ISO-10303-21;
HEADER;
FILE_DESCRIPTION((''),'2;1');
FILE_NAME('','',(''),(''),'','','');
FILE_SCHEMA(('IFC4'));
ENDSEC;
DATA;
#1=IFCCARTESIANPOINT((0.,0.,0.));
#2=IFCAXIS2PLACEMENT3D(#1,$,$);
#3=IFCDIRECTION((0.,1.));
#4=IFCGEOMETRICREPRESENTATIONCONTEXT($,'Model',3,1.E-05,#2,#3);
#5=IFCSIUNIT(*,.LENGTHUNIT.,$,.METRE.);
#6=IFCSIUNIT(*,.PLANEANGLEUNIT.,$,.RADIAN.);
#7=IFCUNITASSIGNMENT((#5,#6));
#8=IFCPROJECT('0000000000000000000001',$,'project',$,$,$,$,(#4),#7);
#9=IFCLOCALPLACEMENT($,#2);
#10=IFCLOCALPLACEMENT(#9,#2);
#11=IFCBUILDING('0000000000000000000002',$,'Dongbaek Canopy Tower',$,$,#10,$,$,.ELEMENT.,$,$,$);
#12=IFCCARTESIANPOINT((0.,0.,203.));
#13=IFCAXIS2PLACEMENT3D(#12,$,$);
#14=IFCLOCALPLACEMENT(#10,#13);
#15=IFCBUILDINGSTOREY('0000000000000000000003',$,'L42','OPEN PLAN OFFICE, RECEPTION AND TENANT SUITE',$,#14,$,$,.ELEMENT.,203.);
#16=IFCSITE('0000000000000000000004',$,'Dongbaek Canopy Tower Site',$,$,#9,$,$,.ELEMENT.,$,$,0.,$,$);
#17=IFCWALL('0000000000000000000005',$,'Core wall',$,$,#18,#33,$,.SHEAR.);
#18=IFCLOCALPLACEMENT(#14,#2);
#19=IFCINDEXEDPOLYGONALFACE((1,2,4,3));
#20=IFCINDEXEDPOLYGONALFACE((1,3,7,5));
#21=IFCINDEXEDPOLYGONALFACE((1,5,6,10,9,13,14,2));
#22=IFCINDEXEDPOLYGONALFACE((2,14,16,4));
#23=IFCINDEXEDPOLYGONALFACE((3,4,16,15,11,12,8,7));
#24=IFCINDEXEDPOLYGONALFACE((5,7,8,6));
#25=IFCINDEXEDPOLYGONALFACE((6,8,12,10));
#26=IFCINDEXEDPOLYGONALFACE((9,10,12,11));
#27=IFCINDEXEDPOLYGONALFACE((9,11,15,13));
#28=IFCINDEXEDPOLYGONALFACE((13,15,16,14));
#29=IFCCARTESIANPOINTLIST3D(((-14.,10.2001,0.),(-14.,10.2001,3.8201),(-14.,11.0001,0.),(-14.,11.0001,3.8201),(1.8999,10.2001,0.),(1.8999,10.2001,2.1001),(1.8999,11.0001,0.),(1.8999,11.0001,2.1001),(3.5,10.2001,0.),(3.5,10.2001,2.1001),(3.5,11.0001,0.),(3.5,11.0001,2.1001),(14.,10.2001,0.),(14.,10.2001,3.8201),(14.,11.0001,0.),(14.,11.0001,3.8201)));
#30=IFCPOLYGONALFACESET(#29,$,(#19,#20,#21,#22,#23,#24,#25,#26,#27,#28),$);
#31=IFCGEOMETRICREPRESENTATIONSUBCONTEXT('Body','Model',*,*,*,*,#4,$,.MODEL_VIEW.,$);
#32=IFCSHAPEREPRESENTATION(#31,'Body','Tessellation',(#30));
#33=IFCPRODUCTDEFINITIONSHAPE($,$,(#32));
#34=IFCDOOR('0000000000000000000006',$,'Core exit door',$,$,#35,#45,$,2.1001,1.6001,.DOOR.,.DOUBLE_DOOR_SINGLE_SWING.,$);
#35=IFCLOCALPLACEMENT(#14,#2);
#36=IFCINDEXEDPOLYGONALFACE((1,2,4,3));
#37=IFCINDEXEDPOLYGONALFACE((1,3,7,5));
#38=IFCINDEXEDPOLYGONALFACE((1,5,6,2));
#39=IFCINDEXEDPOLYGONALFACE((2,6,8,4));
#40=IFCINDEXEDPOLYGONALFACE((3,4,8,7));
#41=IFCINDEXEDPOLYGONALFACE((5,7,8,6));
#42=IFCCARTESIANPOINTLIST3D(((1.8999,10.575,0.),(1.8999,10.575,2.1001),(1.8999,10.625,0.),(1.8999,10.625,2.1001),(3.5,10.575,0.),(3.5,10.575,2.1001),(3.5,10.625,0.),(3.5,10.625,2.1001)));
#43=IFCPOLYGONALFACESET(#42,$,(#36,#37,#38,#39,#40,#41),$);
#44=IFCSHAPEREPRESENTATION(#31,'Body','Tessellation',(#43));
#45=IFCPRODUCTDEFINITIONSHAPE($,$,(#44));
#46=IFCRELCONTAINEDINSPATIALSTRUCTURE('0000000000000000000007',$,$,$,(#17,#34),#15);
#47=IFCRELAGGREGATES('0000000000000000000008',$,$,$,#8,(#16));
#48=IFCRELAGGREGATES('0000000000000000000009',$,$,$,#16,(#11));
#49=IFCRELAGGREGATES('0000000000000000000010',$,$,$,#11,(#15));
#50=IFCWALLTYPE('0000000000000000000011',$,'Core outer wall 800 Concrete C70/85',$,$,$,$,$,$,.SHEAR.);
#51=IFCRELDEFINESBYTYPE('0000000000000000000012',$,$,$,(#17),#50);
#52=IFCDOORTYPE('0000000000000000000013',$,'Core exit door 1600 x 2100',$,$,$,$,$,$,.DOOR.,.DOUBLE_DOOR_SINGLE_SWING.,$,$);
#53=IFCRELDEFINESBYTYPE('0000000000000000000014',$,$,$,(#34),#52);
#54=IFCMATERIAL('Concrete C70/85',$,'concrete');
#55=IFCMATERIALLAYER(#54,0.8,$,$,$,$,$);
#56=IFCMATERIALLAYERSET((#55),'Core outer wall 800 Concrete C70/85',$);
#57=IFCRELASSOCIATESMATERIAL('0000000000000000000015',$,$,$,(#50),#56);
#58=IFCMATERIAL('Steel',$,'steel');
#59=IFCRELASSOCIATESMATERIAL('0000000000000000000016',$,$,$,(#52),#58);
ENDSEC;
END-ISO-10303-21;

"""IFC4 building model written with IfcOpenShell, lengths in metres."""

from ifc_helpers import new_model, si_unit, direction, frame, frame_2d, origin, place, context, subcontext, project, spatial, rectangle, extrude, material, layer, layer_set, type_object, element, fill, save


model = new_model("IFC4")

# Units and contexts
model_context = context("Model", 3, precision=1e-05, world=origin(), true_north=direction((0.0, 1.0)))
body_context = subcontext(model_context, "Body", "Model", "MODEL_VIEW")
ifc_project = project(units=[si_unit("LENGTHUNIT", "METRE"), si_unit("PLANEANGLEUNIT", "RADIAN")], contexts=[model_context])

# Site, building, storey
site_placement = place(None, origin())
site = spatial("IfcSite", under=ifc_project, at=site_placement, Name="Dongbaek Canopy Tower Site", CompositionType="ELEMENT", RefElevation=0.0)
building_placement = place(site_placement, origin())
building = spatial("IfcBuilding", under=site, at=building_placement, Name="Dongbaek Canopy Tower", CompositionType="ELEMENT")
storey_placement = place(building_placement, frame((0.0, 0.0, 203.0)))
storey = spatial("IfcBuildingStorey", under=building, at=storey_placement, Name="L42", Description="OPEN PLAN OFFICE, RECEPTION AND TENANT SUITE", CompositionType="ELEMENT", Elevation=203.0)

# Wall, opening, door
ifc_material_1 = material(Name="Concrete C70/85", Category="concrete")
ifc_layer_1 = layer(ifc_material_1, 0.8)
ifc_layer_set_1 = layer_set([ifc_layer_1], Name="Core outer wall 800 Concrete C70/85")
wall_type_1 = type_object("IfcWallType", Name="Core outer wall 800 Concrete C70/85", PredefinedType="SHEAR", material=ifc_layer_set_1)
wall_1_placement = place(storey_placement, frame((-14.0, 10.6001, 0.0), z_axis=(0.0, 0.0, 1.0), x_axis=(1.0, 0.0, 0.0)))
wall_1 = element("IfcWall", 1, at=wall_1_placement, inside=storey, type_object=wall_type_1, Name="Core wall", PredefinedType="SHEAR", context=body_context, shape_type="SweptSolid", body=[
    extrude(rectangle(XDim=28.0, YDim=0.8, at=frame_2d((14.0, 0.0))), origin(), (0.0, 0.0, 1.0), 3.8201),
])
opening_1_placement = place(wall_1_placement, frame((15.8999, 0.0, 0.0)))
opening_1 = element("IfcOpeningElement", 2, at=opening_1_placement, cuts=wall_1, PredefinedType="OPENING", context=body_context, shape_type="SweptSolid", body=[
    extrude(rectangle(XDim=1.6001, YDim=2.1001, at=frame_2d((0.8, 1.05))), frame((0.0, 0.4099, 0.0), z_axis=(0.0, -1.0, 0.0), x_axis=(1.0, 0.0, 0.0)), (0.0, 0.0, 1.0), 0.8201),
])
ifc_material_2 = material(Name="Steel", Category="steel")
door_type_1 = type_object("IfcDoorType", Name="Core exit door 1600 x 2100", OperationType="DOUBLE_DOOR_SINGLE_SWING", PredefinedType="DOOR", material=ifc_material_2)
door_1_placement = place(opening_1_placement, origin())
door_1 = element("IfcDoor", 3, at=door_1_placement, inside=storey, type_object=door_type_1, Name="Core exit door", OperationType="DOUBLE_DOOR_SINGLE_SWING", OverallHeight=2.1001, OverallWidth=1.6001, PredefinedType="DOOR", context=body_context, shape_type="SweptSolid", body=[
    extrude(rectangle(XDim=1.6001, YDim=2.1001, at=frame_2d((0.8, 1.05))), frame((0.0, 0.0249, 0.0), z_axis=(0.0, -1.0, 0.0), x_axis=(1.0, 0.0, 0.0)), (0.0, 0.0, 1.0), 0.05),
])
fill(opening_1, door_1)

save(model, "model.ifc")
